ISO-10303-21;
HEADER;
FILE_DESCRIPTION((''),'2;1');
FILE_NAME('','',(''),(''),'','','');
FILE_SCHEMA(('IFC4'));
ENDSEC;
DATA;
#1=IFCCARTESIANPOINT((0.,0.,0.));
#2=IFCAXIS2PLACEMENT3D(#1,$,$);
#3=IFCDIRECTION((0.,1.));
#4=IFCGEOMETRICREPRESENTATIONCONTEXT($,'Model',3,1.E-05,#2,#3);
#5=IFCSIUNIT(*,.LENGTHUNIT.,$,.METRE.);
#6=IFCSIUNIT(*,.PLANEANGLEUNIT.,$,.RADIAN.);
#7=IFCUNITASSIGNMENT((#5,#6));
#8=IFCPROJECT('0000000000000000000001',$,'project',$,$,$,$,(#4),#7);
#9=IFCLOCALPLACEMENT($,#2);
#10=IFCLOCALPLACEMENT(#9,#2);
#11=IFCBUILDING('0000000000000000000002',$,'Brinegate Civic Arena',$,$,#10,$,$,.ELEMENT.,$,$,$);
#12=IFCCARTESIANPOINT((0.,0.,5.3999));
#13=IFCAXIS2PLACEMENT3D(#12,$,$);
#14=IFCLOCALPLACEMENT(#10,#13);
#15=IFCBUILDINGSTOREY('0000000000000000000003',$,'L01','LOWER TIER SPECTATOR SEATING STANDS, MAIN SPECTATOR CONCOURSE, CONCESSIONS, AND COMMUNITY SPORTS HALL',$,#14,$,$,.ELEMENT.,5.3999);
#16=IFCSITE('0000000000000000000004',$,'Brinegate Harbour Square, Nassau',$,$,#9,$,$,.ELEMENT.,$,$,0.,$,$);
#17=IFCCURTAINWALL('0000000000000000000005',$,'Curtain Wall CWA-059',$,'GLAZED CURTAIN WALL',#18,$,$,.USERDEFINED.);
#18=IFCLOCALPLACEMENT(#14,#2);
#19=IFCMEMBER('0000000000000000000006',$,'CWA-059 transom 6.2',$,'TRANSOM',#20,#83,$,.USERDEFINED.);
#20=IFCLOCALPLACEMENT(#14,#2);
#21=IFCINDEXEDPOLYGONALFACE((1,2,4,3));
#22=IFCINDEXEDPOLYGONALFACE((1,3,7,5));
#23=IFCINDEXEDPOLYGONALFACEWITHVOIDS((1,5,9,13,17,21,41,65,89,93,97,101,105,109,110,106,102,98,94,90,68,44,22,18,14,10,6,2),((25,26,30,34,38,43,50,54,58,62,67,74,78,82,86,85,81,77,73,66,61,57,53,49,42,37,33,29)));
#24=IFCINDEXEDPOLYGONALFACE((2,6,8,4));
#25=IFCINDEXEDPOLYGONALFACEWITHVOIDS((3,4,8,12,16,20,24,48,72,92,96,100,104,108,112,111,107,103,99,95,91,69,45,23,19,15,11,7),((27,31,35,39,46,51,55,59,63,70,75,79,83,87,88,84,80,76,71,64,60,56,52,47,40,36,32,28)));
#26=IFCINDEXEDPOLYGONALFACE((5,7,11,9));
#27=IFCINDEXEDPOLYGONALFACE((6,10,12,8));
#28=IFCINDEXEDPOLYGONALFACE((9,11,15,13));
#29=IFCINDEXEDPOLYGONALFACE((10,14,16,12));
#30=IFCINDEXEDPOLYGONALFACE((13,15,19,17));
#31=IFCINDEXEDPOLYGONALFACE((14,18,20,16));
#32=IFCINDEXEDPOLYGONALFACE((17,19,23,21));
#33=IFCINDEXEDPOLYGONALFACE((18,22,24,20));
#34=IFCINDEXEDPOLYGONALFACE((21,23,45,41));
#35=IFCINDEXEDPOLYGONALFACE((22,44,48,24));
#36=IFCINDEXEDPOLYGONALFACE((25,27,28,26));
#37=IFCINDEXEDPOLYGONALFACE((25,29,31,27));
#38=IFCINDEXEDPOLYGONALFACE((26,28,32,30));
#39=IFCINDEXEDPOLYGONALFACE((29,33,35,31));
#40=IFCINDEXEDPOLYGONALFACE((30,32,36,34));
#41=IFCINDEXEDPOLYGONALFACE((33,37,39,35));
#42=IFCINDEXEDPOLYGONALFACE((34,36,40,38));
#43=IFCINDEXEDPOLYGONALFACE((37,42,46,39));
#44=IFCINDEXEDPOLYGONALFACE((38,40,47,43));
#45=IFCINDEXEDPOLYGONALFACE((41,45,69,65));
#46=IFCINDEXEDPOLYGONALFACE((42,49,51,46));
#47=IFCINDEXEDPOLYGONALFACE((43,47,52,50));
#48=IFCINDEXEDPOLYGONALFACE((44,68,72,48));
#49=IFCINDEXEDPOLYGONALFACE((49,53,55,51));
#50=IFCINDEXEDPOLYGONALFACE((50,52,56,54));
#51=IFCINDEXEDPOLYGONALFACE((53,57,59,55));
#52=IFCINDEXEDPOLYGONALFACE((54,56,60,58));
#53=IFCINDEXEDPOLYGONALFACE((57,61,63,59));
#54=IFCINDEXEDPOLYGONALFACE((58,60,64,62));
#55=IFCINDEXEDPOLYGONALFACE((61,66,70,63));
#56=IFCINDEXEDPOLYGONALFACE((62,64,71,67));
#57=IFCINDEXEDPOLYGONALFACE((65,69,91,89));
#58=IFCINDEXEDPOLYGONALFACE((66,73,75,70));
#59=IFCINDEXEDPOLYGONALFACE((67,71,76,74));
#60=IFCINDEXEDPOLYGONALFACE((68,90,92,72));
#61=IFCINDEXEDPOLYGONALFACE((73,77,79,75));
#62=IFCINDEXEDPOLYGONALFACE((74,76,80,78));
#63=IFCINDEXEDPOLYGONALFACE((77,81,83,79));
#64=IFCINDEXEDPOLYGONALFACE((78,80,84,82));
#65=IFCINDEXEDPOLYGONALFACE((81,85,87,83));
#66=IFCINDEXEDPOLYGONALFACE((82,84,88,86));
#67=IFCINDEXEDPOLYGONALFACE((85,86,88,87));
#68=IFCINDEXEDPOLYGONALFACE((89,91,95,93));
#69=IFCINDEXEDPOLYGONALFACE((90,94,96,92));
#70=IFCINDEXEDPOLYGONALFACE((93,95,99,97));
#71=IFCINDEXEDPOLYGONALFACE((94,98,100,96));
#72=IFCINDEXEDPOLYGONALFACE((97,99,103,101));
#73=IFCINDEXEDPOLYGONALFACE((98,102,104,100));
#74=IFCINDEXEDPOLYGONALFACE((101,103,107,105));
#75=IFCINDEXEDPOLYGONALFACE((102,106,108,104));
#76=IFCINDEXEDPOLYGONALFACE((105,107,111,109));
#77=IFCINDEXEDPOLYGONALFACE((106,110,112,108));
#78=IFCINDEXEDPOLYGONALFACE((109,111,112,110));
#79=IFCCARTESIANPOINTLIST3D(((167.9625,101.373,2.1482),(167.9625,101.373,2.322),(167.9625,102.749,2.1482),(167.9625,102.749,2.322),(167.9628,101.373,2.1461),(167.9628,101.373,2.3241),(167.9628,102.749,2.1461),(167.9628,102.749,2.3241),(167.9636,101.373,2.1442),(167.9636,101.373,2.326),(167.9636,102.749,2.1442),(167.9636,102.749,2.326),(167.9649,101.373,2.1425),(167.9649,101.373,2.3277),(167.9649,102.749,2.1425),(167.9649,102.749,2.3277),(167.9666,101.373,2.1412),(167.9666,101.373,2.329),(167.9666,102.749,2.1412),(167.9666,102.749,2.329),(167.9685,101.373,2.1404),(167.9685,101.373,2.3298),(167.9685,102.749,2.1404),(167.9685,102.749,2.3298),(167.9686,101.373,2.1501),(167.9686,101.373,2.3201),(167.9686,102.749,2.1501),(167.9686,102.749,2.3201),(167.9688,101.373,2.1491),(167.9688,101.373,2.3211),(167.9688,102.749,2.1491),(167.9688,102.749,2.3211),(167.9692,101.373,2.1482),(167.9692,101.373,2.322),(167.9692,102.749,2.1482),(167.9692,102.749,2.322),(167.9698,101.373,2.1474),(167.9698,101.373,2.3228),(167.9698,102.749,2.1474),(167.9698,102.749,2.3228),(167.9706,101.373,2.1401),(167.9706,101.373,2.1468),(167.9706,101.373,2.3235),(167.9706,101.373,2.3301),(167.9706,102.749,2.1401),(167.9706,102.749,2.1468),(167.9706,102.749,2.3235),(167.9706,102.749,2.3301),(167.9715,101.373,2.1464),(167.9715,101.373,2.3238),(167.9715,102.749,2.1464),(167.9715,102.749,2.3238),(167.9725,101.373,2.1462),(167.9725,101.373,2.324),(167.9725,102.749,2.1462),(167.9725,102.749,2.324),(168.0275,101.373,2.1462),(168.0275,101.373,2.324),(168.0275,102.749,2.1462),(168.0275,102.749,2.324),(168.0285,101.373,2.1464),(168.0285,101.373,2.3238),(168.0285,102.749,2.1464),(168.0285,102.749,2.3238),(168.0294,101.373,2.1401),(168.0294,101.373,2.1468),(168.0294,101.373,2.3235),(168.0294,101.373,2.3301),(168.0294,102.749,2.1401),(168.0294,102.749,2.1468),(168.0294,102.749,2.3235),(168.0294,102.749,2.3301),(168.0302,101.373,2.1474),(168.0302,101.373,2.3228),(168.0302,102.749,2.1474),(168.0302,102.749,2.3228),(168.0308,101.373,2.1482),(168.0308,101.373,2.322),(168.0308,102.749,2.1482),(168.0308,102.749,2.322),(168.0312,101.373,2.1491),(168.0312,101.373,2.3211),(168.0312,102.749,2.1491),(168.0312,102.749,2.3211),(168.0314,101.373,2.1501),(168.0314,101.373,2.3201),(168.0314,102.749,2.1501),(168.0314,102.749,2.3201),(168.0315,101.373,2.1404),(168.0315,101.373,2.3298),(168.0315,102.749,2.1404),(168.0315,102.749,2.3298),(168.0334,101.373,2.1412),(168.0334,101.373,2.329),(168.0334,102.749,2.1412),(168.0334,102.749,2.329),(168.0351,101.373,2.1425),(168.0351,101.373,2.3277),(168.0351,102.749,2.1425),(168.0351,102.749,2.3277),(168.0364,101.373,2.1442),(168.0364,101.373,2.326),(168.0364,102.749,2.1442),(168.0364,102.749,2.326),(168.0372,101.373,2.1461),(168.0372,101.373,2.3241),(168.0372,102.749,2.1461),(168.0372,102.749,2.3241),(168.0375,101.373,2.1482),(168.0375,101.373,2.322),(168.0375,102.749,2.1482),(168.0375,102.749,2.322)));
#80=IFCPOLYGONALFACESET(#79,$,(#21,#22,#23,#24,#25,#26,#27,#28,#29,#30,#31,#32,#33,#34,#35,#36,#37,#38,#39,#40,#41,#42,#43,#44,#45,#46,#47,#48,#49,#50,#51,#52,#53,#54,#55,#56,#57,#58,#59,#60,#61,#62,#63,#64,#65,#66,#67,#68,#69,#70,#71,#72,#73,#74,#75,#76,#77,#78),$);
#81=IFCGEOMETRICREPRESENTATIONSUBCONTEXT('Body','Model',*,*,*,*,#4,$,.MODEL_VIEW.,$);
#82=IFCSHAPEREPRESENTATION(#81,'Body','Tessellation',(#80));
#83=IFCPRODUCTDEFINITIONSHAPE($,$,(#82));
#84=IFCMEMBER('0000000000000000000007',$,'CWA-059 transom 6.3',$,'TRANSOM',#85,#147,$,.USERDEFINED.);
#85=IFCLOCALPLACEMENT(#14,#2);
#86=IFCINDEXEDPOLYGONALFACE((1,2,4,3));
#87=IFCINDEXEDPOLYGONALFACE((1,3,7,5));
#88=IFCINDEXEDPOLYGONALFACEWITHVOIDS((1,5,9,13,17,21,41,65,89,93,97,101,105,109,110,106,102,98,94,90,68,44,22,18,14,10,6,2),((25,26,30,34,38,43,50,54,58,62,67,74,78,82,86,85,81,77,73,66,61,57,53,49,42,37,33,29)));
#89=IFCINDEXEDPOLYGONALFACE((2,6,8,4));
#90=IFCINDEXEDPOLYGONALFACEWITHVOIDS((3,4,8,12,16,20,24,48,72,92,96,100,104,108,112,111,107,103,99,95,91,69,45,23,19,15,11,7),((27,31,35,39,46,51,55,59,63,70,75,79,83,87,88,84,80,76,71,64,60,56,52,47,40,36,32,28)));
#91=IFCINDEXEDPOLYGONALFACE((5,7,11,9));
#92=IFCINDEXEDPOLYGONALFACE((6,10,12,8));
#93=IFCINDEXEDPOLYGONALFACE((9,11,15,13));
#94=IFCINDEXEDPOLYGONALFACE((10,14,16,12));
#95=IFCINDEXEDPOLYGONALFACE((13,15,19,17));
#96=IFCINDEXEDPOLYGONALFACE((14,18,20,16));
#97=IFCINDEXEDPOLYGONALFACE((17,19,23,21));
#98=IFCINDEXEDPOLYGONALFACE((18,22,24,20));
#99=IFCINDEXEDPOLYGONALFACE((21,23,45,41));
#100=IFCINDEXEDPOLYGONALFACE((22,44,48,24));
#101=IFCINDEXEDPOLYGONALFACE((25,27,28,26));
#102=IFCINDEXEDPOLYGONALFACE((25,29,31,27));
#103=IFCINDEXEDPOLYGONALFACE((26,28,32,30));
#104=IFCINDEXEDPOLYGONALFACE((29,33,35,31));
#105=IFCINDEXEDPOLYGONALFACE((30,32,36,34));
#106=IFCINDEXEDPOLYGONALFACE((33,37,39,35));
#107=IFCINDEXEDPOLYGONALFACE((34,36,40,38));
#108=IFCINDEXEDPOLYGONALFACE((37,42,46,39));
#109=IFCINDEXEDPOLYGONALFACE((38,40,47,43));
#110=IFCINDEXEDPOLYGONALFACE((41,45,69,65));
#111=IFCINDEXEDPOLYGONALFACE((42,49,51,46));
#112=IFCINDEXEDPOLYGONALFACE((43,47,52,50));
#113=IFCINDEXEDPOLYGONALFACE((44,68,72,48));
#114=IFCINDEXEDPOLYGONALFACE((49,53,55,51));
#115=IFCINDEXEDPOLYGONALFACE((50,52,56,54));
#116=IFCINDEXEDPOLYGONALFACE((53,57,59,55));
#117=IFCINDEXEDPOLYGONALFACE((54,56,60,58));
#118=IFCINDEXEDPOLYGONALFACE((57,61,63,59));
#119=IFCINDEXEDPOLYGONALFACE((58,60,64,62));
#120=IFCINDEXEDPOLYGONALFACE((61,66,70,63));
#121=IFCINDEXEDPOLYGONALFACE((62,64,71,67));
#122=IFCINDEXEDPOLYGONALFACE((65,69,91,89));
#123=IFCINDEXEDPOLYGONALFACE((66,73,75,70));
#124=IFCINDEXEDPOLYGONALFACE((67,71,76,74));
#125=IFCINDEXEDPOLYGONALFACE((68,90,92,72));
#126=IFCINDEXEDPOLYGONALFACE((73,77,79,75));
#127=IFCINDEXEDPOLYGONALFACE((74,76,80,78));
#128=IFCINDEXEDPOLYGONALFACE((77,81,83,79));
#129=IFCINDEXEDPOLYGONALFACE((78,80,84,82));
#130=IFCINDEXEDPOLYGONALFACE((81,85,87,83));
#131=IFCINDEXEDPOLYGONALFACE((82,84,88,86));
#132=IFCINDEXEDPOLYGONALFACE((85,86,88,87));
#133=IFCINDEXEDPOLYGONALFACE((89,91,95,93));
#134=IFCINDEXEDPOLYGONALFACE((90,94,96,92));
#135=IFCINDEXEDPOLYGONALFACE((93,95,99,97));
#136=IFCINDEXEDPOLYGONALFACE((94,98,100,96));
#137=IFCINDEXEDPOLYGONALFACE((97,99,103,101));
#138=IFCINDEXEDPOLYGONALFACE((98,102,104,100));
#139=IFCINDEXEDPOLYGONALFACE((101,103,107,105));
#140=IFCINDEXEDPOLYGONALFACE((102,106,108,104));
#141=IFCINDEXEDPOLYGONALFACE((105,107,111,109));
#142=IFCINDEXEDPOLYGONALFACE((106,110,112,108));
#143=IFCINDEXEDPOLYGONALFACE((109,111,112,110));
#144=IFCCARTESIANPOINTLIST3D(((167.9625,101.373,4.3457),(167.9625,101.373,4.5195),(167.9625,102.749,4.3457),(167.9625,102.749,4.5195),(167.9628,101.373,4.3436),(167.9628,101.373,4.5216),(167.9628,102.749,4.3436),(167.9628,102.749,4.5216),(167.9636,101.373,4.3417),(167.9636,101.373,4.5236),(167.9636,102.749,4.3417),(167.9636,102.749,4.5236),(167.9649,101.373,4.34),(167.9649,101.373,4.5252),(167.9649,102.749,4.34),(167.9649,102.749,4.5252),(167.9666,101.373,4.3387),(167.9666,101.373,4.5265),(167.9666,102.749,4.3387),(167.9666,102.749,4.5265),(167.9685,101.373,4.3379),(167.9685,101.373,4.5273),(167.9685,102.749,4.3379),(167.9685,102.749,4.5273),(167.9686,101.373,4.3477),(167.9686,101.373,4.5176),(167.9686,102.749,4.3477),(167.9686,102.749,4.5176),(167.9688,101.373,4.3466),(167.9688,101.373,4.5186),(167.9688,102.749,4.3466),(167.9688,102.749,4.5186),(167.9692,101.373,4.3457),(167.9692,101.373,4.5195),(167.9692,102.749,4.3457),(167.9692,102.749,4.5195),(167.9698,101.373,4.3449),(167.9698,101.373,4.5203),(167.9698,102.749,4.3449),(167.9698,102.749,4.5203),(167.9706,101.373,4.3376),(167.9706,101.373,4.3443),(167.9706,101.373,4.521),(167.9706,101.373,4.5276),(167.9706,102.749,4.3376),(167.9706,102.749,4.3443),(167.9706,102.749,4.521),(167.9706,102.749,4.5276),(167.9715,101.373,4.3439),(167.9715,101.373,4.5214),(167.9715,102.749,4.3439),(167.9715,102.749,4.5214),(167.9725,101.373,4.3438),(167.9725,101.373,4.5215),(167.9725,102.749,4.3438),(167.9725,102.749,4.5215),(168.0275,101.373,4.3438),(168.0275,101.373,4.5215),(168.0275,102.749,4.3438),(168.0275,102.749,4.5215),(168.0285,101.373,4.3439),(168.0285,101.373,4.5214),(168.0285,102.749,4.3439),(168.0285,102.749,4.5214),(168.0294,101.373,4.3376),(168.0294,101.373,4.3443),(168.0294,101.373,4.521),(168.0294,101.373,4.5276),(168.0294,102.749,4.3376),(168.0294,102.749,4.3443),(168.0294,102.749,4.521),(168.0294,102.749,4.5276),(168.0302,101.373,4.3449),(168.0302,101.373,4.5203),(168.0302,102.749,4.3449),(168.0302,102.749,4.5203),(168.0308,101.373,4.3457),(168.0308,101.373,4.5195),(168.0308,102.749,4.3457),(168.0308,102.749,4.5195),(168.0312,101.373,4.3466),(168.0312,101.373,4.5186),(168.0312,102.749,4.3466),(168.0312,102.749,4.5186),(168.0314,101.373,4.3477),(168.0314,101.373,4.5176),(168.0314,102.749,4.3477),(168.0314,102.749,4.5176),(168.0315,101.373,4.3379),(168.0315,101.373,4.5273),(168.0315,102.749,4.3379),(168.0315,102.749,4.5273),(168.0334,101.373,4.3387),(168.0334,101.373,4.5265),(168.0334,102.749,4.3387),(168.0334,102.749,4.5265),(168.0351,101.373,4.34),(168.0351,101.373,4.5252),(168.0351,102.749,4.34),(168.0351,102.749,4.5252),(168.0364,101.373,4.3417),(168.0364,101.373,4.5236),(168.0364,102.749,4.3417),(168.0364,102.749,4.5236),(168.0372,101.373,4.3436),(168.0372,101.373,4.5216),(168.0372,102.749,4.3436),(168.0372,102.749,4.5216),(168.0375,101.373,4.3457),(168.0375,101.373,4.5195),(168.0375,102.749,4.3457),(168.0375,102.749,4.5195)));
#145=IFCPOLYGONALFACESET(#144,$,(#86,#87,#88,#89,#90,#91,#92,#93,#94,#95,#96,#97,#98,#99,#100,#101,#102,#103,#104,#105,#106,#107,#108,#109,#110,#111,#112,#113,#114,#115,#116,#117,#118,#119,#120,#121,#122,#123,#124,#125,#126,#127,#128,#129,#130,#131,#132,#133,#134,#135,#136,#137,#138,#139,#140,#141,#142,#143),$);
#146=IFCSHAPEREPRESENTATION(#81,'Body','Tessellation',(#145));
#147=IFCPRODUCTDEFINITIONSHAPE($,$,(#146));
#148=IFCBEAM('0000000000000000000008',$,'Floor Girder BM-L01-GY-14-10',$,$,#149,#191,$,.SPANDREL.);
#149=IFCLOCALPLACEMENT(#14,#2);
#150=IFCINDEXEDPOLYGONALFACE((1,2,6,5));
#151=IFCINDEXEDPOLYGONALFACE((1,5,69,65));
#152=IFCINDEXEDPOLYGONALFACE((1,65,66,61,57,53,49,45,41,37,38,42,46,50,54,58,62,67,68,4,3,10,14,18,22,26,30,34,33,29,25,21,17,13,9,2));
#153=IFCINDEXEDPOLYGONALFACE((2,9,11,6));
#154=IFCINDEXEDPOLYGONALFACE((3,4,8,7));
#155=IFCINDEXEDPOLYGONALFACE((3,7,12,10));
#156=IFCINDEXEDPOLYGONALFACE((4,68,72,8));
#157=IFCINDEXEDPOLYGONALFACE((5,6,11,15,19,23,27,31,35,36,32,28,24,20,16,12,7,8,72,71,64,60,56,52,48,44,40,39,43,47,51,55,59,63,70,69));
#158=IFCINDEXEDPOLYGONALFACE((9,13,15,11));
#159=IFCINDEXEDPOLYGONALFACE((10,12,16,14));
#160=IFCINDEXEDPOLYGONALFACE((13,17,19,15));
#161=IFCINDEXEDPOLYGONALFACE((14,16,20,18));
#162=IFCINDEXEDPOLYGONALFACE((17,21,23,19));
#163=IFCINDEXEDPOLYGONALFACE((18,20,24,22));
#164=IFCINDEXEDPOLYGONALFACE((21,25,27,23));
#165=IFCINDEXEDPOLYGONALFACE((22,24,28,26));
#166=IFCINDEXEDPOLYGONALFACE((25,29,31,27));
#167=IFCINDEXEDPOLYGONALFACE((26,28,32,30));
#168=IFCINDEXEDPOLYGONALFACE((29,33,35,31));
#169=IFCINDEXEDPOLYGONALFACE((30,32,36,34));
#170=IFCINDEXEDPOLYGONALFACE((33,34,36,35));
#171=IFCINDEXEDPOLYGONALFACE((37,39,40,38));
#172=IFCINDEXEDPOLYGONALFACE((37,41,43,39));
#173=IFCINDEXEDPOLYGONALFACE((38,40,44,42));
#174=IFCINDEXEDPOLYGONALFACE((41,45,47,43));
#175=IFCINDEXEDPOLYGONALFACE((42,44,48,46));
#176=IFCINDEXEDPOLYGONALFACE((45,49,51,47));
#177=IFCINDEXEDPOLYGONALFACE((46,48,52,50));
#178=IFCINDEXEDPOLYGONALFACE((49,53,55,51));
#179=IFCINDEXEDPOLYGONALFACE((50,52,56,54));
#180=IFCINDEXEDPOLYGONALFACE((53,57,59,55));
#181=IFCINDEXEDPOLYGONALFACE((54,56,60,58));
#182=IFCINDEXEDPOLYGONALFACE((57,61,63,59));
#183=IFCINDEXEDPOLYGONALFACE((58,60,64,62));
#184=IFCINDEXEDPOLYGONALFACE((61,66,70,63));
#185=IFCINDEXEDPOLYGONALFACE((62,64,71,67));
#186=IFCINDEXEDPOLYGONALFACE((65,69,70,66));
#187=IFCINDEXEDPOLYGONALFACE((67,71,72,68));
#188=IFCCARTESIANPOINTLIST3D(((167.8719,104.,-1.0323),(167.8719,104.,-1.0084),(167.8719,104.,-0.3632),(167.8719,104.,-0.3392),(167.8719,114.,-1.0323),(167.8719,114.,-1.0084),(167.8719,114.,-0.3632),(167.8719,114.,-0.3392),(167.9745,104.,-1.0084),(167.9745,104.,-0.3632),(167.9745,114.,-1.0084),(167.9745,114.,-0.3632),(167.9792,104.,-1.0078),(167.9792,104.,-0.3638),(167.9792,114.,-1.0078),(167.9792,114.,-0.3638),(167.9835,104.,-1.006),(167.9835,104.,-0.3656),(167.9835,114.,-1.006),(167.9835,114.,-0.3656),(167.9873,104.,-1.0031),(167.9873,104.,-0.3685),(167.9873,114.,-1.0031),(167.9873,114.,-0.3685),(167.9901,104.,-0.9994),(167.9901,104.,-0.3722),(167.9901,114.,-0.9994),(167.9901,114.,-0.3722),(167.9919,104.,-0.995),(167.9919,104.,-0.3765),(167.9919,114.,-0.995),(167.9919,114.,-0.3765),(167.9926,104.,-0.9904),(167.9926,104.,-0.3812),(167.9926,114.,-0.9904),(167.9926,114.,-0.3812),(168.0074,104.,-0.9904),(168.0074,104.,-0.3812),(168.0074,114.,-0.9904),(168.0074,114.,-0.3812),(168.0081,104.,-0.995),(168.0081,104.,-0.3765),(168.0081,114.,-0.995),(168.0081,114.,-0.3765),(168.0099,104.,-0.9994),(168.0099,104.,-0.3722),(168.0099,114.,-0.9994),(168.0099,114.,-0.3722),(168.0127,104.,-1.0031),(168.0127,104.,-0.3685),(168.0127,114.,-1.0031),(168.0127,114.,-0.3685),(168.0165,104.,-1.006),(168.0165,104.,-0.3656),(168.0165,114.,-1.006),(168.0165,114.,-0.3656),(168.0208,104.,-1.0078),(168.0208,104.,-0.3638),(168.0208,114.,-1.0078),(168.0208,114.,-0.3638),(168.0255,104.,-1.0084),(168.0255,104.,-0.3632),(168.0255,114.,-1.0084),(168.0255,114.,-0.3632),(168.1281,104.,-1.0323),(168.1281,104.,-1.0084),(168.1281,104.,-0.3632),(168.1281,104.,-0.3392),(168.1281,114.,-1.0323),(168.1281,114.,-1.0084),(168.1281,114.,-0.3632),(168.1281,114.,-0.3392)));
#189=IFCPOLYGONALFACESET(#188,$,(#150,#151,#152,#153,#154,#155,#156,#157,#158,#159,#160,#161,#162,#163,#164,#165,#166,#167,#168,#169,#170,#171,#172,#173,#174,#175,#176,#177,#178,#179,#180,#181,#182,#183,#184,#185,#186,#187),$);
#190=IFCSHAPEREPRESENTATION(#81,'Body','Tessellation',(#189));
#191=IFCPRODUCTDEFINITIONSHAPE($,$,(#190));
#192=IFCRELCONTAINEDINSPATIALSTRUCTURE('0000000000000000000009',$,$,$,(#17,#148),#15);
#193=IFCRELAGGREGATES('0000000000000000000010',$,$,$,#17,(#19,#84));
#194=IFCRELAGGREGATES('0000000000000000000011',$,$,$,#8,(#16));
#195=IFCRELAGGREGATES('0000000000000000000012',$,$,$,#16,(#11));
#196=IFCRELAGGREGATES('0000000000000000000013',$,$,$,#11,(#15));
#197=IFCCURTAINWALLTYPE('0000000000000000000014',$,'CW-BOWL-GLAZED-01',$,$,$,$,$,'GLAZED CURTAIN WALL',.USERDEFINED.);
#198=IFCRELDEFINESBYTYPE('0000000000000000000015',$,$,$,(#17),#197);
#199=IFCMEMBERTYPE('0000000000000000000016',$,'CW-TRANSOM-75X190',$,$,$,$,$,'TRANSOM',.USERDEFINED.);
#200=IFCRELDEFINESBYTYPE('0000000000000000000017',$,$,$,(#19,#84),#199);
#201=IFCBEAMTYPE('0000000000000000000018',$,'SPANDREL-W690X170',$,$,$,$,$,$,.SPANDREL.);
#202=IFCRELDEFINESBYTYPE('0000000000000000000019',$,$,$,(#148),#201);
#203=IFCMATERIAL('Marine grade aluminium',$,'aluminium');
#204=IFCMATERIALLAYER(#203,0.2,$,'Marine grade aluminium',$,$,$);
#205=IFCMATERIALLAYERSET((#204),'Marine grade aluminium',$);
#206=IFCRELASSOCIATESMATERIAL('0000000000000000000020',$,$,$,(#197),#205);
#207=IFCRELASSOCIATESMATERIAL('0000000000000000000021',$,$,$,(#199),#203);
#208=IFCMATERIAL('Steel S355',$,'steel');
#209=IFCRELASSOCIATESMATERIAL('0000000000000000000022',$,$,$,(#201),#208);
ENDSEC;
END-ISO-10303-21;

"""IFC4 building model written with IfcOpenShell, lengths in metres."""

from ifc_helpers import new_model, si_unit, direction, frame, origin, origin_2d, place, context, subcontext, project, spatial, hollow_rectangle, i_section, extrude, material, layer, layer_set, material_profile, profile_set, type_object, element, aggregate, save


model = new_model("IFC4")

# Units and contexts
model_context = context("Model", 3, precision=1e-05, world=origin(), true_north=direction((0.0, 1.0)))
body_context = subcontext(model_context, "Body", "Model", "MODEL_VIEW")
ifc_project = project(units=[si_unit("LENGTHUNIT", "METRE"), si_unit("PLANEANGLEUNIT", "RADIAN")], contexts=[model_context])

# Site, building, storey
site_placement = place(None, origin())
site = spatial("IfcSite", under=ifc_project, at=site_placement, Name="Brinegate Harbour Square, Nassau", CompositionType="ELEMENT", RefElevation=0.0)
building_placement = place(site_placement, origin())
building = spatial("IfcBuilding", under=site, at=building_placement, Name="Brinegate Civic Arena", CompositionType="ELEMENT")
storey_placement = place(building_placement, frame((0.0, 0.0, 5.3999)))
storey = spatial("IfcBuildingStorey", under=building, at=storey_placement, Name="L01", Description="LOWER TIER SPECTATOR SEATING STANDS, MAIN SPECTATOR CONCOURSE, CONCESSIONS, AND COMMUNITY SPORTS HALL", CompositionType="ELEMENT", Elevation=5.3999)

# Curtain wall
ifc_material_1 = material(Name="Marine grade aluminium", Category="aluminium")
ifc_layer_1 = layer(ifc_material_1, 0.2, Name="Marine grade aluminium")
ifc_layer_set_1 = layer_set([ifc_layer_1], Name="Marine grade aluminium")
curtain_wall_type = type_object("IfcCurtainWallType", Name="CW-BOWL-GLAZED-01", ElementType="GLAZED CURTAIN WALL", PredefinedType="USERDEFINED", material=ifc_layer_set_1)
curtain_wall_1_placement = place(storey_placement, origin())
curtain_wall_1 = element("IfcCurtainWall", 1, at=curtain_wall_1_placement, inside=storey, type_object=curtain_wall_type, Name="Curtain Wall CWA-059", ObjectType="GLAZED CURTAIN WALL", PredefinedType="USERDEFINED")

# Members
ifc_material_profile_1 = material_profile(ifc_material_1, hollow_rectangle(XDim=0.075, YDim=0.1899, WallThickness=0.0061, InnerFilletRadius=0.0039, OuterFilletRadius=0.0081, at=origin_2d()), Name="TRN75X190")
ifc_profile_set_1 = profile_set([ifc_material_profile_1], Name="Marine grade aluminium")
member_type_1 = type_object("IfcMemberType", Name="CW-TRANSOM-75X190", ElementType="TRANSOM", PredefinedType="USERDEFINED", material=ifc_profile_set_1)
member_1_placement = place(storey_placement, frame((168.0, 101.373, 2.2351), z_axis=(0.0, 1.0, 0.0), x_axis=(-1.0, 0.0, 0.0)))
member_1 = element("IfcMember", 2, at=member_1_placement, type_object=member_type_1, Name="CWA-059 transom 6.2", ObjectType="TRANSOM", PredefinedType="USERDEFINED", context=body_context, shape_type="SweptSolid", body=[
    extrude(hollow_rectangle(XDim=0.075, YDim=0.1899, WallThickness=0.0061, InnerFilletRadius=0.0039, OuterFilletRadius=0.0081, at=origin_2d()), origin(), (0.0, 0.0, 1.0), 1.376),
])
member_2_placement = place(storey_placement, frame((168.0, 101.373, 4.4326), z_axis=(0.0, 1.0, 0.0), x_axis=(-1.0, 0.0, 0.0)))
member_2 = element("IfcMember", 3, at=member_2_placement, type_object=member_type_1, Name="CWA-059 transom 6.3", ObjectType="TRANSOM", PredefinedType="USERDEFINED", context=body_context, shape_type="SweptSolid", body=[
    extrude(hollow_rectangle(XDim=0.075, YDim=0.1899, WallThickness=0.0061, InnerFilletRadius=0.0039, OuterFilletRadius=0.0081, at=origin_2d()), origin(), (0.0, 0.0, 1.0), 1.376),
])

# Beam
ifc_material_2 = material(Name="Steel S355", Category="steel")
ifc_material_profile_2 = material_profile(ifc_material_2, i_section(OverallWidth=0.2561, OverallDepth=0.6931, WebThickness=0.0149, FlangeThickness=0.0239, FilletRadius=0.0181, at=origin_2d()), Name="W690X170")
ifc_profile_set_2 = profile_set([ifc_material_profile_2], Name="Steel S355")
beam_type = type_object("IfcBeamType", Name="SPANDREL-W690X170", PredefinedType="SPANDREL", material=ifc_profile_set_2)
beam_placement = place(storey_placement, frame((168.0, 104.0, -0.6858), z_axis=(0.0, 1.0, 0.0), x_axis=(-1.0, 0.0, 0.0)))
element("IfcBeam", 4, at=beam_placement, inside=storey, type_object=beam_type, Name="Floor Girder BM-L01-GY-14-10", PredefinedType="SPANDREL", context=body_context, shape_type="SweptSolid", body=[
    extrude(i_section(OverallWidth=0.2561, OverallDepth=0.6931, WebThickness=0.0149, FlangeThickness=0.0239, FilletRadius=0.0181, at=origin_2d()), origin(), (0.0, 0.0, 1.0), 10.0),
])

aggregate(curtain_wall_1, [member_1, member_2])

save(model, "model.ifc")
